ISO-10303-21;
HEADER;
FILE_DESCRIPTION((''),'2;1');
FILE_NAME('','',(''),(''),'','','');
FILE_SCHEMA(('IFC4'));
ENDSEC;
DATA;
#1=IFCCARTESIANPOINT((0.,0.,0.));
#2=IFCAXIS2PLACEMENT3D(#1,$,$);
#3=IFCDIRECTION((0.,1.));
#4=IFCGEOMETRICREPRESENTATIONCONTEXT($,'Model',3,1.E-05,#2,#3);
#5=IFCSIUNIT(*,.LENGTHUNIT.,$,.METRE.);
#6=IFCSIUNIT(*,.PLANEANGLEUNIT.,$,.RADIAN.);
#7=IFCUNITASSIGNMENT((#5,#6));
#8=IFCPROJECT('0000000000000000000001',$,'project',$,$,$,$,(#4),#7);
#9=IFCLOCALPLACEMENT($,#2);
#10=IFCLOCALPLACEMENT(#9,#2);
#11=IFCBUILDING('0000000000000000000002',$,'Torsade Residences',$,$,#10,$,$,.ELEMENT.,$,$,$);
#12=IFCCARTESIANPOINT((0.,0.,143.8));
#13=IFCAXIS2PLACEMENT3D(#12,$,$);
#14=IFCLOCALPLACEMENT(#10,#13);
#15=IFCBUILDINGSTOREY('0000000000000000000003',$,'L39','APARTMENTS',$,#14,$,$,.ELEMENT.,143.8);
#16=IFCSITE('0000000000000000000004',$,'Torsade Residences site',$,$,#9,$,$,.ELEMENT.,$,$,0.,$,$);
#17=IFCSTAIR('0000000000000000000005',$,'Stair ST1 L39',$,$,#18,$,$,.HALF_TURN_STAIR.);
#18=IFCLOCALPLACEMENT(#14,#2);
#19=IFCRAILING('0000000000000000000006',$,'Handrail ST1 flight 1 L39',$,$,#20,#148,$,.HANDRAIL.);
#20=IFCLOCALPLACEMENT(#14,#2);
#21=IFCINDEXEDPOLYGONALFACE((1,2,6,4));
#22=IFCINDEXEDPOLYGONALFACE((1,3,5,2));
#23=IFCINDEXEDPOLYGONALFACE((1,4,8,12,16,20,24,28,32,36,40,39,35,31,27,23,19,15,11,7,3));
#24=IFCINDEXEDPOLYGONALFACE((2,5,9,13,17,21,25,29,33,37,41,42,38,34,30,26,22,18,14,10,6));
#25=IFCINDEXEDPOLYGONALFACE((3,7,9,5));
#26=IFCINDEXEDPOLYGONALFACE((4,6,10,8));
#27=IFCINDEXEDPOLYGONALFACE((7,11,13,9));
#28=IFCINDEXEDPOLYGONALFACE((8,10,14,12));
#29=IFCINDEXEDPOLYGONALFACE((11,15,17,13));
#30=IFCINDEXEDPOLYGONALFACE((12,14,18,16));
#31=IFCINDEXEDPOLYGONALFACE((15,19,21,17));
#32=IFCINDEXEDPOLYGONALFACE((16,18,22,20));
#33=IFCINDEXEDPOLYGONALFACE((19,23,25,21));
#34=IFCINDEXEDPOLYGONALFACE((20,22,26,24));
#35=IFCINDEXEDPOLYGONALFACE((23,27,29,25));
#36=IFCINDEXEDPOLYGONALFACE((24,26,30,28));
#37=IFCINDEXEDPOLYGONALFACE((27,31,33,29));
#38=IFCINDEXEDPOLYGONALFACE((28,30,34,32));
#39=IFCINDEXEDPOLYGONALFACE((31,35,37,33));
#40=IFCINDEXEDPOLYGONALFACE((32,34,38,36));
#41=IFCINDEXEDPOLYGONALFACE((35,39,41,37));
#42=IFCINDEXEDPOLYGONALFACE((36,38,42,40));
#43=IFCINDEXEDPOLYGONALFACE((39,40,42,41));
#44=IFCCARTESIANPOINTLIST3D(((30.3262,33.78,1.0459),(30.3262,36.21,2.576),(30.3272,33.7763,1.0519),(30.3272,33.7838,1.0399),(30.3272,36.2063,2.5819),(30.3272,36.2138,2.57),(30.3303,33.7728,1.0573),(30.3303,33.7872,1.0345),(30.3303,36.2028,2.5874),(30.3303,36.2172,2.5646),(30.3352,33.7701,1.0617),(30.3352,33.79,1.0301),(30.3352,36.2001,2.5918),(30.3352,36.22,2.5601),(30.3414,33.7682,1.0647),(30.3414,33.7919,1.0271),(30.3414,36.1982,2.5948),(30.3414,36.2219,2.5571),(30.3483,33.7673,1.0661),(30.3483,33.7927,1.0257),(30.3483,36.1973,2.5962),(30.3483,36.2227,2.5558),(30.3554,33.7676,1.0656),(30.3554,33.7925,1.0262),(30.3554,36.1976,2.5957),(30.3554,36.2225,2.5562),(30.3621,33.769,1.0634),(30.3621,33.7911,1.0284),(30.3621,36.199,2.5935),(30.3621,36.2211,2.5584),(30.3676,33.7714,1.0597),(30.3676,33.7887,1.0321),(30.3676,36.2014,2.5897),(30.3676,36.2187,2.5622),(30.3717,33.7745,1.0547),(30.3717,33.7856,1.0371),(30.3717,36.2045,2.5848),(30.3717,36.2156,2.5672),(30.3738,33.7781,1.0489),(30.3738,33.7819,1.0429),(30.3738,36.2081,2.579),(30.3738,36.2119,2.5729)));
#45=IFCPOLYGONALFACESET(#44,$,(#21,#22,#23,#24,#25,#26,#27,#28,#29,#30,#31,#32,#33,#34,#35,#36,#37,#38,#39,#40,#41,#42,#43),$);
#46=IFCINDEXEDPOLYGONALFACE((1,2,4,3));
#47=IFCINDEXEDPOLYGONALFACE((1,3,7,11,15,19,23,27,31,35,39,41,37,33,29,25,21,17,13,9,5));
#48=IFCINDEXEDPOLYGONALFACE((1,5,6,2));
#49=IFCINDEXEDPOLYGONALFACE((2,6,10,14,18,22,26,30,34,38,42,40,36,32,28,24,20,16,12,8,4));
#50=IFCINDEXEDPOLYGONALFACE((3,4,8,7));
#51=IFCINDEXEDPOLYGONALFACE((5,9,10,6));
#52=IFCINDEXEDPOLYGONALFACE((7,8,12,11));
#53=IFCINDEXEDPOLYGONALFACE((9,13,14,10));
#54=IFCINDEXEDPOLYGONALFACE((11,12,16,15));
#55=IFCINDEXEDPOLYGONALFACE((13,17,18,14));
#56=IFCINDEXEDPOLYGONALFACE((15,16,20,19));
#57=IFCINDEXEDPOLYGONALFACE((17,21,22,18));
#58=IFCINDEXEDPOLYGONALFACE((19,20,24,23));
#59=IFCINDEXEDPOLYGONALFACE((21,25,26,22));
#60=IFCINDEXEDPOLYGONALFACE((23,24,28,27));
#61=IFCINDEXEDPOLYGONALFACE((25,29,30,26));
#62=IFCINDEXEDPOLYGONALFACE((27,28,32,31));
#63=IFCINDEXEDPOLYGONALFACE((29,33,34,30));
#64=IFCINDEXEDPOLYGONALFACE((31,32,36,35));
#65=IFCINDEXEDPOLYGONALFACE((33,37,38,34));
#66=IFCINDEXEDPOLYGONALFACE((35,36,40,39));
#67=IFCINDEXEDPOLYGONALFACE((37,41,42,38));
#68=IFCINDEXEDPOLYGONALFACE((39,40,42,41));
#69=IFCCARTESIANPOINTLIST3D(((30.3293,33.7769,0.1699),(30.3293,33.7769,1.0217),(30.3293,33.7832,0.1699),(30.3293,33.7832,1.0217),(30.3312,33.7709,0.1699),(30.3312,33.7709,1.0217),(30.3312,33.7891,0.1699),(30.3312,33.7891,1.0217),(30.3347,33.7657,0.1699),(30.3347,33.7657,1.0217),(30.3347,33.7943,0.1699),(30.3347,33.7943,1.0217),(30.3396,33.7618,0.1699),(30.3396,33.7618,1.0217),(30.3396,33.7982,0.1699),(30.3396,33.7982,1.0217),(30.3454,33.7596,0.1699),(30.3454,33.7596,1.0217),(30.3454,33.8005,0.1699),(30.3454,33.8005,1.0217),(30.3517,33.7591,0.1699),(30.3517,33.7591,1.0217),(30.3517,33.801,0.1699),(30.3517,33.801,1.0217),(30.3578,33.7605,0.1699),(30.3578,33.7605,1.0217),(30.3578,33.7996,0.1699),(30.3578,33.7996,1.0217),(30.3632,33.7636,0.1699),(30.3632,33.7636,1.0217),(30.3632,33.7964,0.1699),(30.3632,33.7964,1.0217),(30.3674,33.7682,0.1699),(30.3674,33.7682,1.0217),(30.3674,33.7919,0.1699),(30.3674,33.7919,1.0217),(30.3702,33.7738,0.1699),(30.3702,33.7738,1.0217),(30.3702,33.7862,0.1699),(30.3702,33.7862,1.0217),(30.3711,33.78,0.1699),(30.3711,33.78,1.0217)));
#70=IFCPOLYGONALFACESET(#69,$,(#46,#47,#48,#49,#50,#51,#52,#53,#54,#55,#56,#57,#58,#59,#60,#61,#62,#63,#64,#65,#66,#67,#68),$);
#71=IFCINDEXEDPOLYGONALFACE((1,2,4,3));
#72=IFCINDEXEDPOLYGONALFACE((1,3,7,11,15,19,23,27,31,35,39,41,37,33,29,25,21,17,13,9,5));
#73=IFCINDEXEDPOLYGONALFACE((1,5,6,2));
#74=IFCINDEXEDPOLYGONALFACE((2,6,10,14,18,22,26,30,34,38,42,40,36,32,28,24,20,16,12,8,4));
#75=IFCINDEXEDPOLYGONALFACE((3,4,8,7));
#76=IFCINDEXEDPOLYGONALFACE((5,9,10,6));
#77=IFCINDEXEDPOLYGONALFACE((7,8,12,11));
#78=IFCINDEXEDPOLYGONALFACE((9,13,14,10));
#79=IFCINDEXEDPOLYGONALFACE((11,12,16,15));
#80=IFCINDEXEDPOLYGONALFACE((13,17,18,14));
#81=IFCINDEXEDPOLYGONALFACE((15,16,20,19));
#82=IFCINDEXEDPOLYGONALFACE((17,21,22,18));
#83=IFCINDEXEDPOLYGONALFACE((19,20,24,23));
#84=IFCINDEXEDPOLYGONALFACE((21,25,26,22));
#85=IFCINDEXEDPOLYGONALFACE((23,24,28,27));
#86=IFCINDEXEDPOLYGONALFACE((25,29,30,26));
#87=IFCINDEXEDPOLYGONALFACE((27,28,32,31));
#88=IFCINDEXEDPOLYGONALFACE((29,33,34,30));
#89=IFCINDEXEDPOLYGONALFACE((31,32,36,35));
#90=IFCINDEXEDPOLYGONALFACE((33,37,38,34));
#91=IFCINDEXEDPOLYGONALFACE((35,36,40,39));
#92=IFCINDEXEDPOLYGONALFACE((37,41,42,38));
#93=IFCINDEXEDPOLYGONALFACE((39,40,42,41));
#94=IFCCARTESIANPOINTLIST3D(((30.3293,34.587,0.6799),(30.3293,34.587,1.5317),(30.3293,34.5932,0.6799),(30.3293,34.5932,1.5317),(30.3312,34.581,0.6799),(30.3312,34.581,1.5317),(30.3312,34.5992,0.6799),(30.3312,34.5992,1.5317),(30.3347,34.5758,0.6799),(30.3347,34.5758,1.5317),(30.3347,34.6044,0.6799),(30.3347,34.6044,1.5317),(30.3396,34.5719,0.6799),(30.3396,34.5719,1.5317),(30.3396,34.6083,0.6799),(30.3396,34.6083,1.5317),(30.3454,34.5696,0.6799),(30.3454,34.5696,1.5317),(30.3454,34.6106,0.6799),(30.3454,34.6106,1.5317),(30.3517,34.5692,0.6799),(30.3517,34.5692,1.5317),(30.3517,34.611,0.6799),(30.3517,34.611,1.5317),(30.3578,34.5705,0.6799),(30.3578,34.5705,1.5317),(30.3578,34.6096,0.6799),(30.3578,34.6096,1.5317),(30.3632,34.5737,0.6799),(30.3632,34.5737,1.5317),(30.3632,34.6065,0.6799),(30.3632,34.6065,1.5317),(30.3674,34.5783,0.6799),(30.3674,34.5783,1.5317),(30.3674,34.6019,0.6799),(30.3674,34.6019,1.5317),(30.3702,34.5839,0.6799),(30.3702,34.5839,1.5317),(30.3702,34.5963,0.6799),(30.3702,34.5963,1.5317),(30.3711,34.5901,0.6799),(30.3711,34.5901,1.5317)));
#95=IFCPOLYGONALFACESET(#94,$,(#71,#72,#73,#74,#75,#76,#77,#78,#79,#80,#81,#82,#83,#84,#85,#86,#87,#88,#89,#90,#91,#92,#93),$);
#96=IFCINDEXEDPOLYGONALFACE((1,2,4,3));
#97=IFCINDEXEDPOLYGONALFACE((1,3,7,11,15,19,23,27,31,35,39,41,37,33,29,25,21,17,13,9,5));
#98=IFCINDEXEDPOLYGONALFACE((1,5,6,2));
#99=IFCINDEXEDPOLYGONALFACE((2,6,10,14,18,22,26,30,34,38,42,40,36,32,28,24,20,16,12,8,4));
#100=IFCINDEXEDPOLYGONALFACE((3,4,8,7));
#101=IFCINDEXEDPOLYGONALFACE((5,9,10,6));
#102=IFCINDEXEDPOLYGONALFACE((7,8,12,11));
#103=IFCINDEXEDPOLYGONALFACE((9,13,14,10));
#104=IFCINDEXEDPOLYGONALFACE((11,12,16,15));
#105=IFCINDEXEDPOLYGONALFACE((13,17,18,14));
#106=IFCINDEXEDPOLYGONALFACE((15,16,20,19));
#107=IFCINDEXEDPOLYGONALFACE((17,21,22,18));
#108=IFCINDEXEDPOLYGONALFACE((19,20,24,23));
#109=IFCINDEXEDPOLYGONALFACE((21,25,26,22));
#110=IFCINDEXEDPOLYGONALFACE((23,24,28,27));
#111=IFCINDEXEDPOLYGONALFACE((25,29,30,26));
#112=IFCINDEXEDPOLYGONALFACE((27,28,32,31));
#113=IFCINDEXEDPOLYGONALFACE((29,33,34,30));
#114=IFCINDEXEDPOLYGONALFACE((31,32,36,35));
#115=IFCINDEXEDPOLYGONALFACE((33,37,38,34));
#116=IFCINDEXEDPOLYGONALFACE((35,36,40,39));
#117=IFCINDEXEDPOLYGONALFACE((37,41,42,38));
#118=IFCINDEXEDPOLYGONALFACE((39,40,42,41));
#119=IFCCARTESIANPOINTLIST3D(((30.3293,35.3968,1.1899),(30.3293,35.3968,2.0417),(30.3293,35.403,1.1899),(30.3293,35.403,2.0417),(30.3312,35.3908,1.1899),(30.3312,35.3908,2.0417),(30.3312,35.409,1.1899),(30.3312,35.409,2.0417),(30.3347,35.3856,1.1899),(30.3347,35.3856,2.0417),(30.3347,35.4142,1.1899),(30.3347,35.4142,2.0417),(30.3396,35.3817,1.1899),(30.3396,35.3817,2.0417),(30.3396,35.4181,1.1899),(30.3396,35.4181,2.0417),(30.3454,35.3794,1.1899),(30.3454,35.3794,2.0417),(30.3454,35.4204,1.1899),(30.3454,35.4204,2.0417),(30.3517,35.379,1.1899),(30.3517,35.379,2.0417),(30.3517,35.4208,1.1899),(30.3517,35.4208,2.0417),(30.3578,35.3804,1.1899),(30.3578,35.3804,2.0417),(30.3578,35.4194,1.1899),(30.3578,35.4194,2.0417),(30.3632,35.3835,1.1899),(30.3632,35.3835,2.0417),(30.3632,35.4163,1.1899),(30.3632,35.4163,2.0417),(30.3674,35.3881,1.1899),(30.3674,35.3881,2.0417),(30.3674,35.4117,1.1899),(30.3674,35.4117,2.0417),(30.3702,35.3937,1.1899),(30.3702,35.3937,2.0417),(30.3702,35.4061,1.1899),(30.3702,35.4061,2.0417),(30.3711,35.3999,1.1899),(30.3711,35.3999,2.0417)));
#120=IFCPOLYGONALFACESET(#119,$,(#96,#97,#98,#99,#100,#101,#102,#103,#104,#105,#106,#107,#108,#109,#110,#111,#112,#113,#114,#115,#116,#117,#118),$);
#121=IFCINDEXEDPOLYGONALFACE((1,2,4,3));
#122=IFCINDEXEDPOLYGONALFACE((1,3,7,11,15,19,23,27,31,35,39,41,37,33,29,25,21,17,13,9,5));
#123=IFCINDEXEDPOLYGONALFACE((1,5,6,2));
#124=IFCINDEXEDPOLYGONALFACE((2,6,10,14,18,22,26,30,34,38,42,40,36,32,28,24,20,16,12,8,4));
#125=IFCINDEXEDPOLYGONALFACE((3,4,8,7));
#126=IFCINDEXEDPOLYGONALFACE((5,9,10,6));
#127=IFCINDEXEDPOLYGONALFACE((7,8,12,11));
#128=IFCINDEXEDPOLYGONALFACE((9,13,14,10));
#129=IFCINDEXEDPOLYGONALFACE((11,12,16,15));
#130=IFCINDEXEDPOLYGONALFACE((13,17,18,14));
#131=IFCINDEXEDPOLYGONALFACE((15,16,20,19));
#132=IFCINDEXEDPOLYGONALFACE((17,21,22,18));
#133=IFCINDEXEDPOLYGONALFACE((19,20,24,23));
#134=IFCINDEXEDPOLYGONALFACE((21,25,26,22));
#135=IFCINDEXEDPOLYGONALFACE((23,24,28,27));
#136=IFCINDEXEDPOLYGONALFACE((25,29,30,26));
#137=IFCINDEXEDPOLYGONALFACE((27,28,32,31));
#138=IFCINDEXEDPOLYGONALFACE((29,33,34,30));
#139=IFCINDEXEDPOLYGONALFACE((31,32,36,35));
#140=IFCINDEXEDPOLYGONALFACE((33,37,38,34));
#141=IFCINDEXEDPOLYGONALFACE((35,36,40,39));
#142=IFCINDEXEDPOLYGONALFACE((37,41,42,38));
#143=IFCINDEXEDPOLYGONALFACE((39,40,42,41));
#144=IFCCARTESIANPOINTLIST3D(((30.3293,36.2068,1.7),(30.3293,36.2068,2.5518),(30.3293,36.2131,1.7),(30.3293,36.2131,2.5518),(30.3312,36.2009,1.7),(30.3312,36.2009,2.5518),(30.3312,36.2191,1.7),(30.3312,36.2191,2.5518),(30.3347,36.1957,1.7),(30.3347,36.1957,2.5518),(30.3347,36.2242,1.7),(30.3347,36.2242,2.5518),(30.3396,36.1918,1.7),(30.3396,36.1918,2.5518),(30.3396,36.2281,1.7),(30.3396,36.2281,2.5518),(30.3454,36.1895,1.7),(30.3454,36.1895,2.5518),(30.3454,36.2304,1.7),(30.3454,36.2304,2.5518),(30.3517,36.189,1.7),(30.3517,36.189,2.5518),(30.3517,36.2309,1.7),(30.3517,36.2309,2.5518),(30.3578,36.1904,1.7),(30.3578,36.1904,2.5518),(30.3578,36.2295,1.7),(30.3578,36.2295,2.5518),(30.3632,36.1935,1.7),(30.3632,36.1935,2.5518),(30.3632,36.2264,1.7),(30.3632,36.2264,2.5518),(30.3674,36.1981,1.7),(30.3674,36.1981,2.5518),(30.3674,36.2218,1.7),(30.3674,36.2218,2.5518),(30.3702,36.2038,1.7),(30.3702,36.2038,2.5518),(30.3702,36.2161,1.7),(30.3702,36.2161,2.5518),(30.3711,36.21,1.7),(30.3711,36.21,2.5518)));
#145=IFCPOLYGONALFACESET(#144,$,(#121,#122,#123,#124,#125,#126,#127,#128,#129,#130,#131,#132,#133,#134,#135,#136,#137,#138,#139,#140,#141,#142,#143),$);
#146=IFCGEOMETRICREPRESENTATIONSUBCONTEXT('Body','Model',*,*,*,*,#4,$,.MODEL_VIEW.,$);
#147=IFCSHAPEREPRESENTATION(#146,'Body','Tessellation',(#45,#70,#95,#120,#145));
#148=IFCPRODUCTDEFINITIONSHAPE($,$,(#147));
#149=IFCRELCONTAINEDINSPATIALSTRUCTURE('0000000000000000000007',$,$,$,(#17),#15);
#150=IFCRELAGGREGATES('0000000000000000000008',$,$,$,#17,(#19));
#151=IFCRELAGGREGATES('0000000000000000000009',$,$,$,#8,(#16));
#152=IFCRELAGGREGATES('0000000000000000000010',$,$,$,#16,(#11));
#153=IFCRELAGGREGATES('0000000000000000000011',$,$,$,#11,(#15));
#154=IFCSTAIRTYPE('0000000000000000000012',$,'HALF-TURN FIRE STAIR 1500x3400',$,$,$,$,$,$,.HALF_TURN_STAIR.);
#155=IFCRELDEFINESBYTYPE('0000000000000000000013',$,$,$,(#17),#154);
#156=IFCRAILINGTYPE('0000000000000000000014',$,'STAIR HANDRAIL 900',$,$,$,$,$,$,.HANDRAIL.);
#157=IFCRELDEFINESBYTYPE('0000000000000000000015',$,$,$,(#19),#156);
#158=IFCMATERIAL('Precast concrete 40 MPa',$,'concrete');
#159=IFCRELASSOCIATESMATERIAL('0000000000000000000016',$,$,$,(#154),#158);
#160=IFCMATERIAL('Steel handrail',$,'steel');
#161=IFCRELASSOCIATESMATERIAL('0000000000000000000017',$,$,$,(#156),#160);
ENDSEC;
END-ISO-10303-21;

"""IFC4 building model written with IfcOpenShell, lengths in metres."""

from ifc_helpers import new_model, si_unit, direction, frame, origin, origin_2d, place, context, subcontext, project, spatial, circle, extrude, material, type_object, element, aggregate, save


model = new_model("IFC4")

# Units and contexts
model_context = context("Model", 3, precision=1e-05, world=origin(), true_north=direction((0.0, 1.0)))
body_context = subcontext(model_context, "Body", "Model", "MODEL_VIEW")
ifc_project = project(units=[si_unit("LENGTHUNIT", "METRE"), si_unit("PLANEANGLEUNIT", "RADIAN")], contexts=[model_context])

# Site, building, storey
site_placement = place(None, origin())
site = spatial("IfcSite", under=ifc_project, at=site_placement, Name="Torsade Residences site", CompositionType="ELEMENT", RefElevation=0.0)
building_placement = place(site_placement, origin())
building = spatial("IfcBuilding", under=site, at=building_placement, Name="Torsade Residences", CompositionType="ELEMENT")
storey_placement = place(building_placement, frame((0.0, 0.0, 143.8)))
storey = spatial("IfcBuildingStorey", under=building, at=storey_placement, Name="L39", Description="APARTMENTS", CompositionType="ELEMENT", Elevation=143.8)

# Stair, railing
ifc_material_1 = material(Name="Precast concrete 40 MPa", Category="concrete")
stair_type = type_object("IfcStairType", Name="HALF-TURN FIRE STAIR 1500x3400", PredefinedType="HALF_TURN_STAIR", material=ifc_material_1)
stair_placement = place(storey_placement, origin())
stair = element("IfcStair", 1, at=stair_placement, inside=storey, type_object=stair_type, Name="Stair ST1 L39", PredefinedType="HALF_TURN_STAIR")
ifc_material_2 = material(Name="Steel handrail", Category="steel")
railing_type = type_object("IfcRailingType", Name="STAIR HANDRAIL 900", PredefinedType="HANDRAIL", material=ifc_material_2)
railing_1_placement = place(storey_placement, frame((30.3501, 33.78, 0.1699)))
railing_1 = element("IfcRailing", 2, at=railing_1_placement, type_object=railing_type, Name="Handrail ST1 flight 1 L39", PredefinedType="HANDRAIL", context=body_context, shape_type="SweptSolid", body=[
    extrude(circle(Radius=0.0239, at=origin_2d()), frame((0.0, 0.0, 0.876), z_axis=(0.0, 0.846221, 0.532831), x_axis=(-1.0, 0.0, 0.0)), (0.0, 0.0, 1.0), 2.8716),
    extrude(circle(Radius=0.021, at=origin_2d()), origin(), (0.0, 0.0, 1.0), 0.8518),
    extrude(circle(Radius=0.021, at=origin_2d()), frame((0.0, 0.8101, 0.51)), (0.0, 0.0, 1.0), 0.8518),
    extrude(circle(Radius=0.021, at=origin_2d()), frame((0.0, 1.6199, 1.02)), (0.0, 0.0, 1.0), 0.8518),
    extrude(circle(Radius=0.021, at=origin_2d()), frame((0.0, 2.4299, 1.53)), (0.0, 0.0, 1.0), 0.8518),
])
aggregate(stair, [railing_1])

save(model, "model.ifc")
